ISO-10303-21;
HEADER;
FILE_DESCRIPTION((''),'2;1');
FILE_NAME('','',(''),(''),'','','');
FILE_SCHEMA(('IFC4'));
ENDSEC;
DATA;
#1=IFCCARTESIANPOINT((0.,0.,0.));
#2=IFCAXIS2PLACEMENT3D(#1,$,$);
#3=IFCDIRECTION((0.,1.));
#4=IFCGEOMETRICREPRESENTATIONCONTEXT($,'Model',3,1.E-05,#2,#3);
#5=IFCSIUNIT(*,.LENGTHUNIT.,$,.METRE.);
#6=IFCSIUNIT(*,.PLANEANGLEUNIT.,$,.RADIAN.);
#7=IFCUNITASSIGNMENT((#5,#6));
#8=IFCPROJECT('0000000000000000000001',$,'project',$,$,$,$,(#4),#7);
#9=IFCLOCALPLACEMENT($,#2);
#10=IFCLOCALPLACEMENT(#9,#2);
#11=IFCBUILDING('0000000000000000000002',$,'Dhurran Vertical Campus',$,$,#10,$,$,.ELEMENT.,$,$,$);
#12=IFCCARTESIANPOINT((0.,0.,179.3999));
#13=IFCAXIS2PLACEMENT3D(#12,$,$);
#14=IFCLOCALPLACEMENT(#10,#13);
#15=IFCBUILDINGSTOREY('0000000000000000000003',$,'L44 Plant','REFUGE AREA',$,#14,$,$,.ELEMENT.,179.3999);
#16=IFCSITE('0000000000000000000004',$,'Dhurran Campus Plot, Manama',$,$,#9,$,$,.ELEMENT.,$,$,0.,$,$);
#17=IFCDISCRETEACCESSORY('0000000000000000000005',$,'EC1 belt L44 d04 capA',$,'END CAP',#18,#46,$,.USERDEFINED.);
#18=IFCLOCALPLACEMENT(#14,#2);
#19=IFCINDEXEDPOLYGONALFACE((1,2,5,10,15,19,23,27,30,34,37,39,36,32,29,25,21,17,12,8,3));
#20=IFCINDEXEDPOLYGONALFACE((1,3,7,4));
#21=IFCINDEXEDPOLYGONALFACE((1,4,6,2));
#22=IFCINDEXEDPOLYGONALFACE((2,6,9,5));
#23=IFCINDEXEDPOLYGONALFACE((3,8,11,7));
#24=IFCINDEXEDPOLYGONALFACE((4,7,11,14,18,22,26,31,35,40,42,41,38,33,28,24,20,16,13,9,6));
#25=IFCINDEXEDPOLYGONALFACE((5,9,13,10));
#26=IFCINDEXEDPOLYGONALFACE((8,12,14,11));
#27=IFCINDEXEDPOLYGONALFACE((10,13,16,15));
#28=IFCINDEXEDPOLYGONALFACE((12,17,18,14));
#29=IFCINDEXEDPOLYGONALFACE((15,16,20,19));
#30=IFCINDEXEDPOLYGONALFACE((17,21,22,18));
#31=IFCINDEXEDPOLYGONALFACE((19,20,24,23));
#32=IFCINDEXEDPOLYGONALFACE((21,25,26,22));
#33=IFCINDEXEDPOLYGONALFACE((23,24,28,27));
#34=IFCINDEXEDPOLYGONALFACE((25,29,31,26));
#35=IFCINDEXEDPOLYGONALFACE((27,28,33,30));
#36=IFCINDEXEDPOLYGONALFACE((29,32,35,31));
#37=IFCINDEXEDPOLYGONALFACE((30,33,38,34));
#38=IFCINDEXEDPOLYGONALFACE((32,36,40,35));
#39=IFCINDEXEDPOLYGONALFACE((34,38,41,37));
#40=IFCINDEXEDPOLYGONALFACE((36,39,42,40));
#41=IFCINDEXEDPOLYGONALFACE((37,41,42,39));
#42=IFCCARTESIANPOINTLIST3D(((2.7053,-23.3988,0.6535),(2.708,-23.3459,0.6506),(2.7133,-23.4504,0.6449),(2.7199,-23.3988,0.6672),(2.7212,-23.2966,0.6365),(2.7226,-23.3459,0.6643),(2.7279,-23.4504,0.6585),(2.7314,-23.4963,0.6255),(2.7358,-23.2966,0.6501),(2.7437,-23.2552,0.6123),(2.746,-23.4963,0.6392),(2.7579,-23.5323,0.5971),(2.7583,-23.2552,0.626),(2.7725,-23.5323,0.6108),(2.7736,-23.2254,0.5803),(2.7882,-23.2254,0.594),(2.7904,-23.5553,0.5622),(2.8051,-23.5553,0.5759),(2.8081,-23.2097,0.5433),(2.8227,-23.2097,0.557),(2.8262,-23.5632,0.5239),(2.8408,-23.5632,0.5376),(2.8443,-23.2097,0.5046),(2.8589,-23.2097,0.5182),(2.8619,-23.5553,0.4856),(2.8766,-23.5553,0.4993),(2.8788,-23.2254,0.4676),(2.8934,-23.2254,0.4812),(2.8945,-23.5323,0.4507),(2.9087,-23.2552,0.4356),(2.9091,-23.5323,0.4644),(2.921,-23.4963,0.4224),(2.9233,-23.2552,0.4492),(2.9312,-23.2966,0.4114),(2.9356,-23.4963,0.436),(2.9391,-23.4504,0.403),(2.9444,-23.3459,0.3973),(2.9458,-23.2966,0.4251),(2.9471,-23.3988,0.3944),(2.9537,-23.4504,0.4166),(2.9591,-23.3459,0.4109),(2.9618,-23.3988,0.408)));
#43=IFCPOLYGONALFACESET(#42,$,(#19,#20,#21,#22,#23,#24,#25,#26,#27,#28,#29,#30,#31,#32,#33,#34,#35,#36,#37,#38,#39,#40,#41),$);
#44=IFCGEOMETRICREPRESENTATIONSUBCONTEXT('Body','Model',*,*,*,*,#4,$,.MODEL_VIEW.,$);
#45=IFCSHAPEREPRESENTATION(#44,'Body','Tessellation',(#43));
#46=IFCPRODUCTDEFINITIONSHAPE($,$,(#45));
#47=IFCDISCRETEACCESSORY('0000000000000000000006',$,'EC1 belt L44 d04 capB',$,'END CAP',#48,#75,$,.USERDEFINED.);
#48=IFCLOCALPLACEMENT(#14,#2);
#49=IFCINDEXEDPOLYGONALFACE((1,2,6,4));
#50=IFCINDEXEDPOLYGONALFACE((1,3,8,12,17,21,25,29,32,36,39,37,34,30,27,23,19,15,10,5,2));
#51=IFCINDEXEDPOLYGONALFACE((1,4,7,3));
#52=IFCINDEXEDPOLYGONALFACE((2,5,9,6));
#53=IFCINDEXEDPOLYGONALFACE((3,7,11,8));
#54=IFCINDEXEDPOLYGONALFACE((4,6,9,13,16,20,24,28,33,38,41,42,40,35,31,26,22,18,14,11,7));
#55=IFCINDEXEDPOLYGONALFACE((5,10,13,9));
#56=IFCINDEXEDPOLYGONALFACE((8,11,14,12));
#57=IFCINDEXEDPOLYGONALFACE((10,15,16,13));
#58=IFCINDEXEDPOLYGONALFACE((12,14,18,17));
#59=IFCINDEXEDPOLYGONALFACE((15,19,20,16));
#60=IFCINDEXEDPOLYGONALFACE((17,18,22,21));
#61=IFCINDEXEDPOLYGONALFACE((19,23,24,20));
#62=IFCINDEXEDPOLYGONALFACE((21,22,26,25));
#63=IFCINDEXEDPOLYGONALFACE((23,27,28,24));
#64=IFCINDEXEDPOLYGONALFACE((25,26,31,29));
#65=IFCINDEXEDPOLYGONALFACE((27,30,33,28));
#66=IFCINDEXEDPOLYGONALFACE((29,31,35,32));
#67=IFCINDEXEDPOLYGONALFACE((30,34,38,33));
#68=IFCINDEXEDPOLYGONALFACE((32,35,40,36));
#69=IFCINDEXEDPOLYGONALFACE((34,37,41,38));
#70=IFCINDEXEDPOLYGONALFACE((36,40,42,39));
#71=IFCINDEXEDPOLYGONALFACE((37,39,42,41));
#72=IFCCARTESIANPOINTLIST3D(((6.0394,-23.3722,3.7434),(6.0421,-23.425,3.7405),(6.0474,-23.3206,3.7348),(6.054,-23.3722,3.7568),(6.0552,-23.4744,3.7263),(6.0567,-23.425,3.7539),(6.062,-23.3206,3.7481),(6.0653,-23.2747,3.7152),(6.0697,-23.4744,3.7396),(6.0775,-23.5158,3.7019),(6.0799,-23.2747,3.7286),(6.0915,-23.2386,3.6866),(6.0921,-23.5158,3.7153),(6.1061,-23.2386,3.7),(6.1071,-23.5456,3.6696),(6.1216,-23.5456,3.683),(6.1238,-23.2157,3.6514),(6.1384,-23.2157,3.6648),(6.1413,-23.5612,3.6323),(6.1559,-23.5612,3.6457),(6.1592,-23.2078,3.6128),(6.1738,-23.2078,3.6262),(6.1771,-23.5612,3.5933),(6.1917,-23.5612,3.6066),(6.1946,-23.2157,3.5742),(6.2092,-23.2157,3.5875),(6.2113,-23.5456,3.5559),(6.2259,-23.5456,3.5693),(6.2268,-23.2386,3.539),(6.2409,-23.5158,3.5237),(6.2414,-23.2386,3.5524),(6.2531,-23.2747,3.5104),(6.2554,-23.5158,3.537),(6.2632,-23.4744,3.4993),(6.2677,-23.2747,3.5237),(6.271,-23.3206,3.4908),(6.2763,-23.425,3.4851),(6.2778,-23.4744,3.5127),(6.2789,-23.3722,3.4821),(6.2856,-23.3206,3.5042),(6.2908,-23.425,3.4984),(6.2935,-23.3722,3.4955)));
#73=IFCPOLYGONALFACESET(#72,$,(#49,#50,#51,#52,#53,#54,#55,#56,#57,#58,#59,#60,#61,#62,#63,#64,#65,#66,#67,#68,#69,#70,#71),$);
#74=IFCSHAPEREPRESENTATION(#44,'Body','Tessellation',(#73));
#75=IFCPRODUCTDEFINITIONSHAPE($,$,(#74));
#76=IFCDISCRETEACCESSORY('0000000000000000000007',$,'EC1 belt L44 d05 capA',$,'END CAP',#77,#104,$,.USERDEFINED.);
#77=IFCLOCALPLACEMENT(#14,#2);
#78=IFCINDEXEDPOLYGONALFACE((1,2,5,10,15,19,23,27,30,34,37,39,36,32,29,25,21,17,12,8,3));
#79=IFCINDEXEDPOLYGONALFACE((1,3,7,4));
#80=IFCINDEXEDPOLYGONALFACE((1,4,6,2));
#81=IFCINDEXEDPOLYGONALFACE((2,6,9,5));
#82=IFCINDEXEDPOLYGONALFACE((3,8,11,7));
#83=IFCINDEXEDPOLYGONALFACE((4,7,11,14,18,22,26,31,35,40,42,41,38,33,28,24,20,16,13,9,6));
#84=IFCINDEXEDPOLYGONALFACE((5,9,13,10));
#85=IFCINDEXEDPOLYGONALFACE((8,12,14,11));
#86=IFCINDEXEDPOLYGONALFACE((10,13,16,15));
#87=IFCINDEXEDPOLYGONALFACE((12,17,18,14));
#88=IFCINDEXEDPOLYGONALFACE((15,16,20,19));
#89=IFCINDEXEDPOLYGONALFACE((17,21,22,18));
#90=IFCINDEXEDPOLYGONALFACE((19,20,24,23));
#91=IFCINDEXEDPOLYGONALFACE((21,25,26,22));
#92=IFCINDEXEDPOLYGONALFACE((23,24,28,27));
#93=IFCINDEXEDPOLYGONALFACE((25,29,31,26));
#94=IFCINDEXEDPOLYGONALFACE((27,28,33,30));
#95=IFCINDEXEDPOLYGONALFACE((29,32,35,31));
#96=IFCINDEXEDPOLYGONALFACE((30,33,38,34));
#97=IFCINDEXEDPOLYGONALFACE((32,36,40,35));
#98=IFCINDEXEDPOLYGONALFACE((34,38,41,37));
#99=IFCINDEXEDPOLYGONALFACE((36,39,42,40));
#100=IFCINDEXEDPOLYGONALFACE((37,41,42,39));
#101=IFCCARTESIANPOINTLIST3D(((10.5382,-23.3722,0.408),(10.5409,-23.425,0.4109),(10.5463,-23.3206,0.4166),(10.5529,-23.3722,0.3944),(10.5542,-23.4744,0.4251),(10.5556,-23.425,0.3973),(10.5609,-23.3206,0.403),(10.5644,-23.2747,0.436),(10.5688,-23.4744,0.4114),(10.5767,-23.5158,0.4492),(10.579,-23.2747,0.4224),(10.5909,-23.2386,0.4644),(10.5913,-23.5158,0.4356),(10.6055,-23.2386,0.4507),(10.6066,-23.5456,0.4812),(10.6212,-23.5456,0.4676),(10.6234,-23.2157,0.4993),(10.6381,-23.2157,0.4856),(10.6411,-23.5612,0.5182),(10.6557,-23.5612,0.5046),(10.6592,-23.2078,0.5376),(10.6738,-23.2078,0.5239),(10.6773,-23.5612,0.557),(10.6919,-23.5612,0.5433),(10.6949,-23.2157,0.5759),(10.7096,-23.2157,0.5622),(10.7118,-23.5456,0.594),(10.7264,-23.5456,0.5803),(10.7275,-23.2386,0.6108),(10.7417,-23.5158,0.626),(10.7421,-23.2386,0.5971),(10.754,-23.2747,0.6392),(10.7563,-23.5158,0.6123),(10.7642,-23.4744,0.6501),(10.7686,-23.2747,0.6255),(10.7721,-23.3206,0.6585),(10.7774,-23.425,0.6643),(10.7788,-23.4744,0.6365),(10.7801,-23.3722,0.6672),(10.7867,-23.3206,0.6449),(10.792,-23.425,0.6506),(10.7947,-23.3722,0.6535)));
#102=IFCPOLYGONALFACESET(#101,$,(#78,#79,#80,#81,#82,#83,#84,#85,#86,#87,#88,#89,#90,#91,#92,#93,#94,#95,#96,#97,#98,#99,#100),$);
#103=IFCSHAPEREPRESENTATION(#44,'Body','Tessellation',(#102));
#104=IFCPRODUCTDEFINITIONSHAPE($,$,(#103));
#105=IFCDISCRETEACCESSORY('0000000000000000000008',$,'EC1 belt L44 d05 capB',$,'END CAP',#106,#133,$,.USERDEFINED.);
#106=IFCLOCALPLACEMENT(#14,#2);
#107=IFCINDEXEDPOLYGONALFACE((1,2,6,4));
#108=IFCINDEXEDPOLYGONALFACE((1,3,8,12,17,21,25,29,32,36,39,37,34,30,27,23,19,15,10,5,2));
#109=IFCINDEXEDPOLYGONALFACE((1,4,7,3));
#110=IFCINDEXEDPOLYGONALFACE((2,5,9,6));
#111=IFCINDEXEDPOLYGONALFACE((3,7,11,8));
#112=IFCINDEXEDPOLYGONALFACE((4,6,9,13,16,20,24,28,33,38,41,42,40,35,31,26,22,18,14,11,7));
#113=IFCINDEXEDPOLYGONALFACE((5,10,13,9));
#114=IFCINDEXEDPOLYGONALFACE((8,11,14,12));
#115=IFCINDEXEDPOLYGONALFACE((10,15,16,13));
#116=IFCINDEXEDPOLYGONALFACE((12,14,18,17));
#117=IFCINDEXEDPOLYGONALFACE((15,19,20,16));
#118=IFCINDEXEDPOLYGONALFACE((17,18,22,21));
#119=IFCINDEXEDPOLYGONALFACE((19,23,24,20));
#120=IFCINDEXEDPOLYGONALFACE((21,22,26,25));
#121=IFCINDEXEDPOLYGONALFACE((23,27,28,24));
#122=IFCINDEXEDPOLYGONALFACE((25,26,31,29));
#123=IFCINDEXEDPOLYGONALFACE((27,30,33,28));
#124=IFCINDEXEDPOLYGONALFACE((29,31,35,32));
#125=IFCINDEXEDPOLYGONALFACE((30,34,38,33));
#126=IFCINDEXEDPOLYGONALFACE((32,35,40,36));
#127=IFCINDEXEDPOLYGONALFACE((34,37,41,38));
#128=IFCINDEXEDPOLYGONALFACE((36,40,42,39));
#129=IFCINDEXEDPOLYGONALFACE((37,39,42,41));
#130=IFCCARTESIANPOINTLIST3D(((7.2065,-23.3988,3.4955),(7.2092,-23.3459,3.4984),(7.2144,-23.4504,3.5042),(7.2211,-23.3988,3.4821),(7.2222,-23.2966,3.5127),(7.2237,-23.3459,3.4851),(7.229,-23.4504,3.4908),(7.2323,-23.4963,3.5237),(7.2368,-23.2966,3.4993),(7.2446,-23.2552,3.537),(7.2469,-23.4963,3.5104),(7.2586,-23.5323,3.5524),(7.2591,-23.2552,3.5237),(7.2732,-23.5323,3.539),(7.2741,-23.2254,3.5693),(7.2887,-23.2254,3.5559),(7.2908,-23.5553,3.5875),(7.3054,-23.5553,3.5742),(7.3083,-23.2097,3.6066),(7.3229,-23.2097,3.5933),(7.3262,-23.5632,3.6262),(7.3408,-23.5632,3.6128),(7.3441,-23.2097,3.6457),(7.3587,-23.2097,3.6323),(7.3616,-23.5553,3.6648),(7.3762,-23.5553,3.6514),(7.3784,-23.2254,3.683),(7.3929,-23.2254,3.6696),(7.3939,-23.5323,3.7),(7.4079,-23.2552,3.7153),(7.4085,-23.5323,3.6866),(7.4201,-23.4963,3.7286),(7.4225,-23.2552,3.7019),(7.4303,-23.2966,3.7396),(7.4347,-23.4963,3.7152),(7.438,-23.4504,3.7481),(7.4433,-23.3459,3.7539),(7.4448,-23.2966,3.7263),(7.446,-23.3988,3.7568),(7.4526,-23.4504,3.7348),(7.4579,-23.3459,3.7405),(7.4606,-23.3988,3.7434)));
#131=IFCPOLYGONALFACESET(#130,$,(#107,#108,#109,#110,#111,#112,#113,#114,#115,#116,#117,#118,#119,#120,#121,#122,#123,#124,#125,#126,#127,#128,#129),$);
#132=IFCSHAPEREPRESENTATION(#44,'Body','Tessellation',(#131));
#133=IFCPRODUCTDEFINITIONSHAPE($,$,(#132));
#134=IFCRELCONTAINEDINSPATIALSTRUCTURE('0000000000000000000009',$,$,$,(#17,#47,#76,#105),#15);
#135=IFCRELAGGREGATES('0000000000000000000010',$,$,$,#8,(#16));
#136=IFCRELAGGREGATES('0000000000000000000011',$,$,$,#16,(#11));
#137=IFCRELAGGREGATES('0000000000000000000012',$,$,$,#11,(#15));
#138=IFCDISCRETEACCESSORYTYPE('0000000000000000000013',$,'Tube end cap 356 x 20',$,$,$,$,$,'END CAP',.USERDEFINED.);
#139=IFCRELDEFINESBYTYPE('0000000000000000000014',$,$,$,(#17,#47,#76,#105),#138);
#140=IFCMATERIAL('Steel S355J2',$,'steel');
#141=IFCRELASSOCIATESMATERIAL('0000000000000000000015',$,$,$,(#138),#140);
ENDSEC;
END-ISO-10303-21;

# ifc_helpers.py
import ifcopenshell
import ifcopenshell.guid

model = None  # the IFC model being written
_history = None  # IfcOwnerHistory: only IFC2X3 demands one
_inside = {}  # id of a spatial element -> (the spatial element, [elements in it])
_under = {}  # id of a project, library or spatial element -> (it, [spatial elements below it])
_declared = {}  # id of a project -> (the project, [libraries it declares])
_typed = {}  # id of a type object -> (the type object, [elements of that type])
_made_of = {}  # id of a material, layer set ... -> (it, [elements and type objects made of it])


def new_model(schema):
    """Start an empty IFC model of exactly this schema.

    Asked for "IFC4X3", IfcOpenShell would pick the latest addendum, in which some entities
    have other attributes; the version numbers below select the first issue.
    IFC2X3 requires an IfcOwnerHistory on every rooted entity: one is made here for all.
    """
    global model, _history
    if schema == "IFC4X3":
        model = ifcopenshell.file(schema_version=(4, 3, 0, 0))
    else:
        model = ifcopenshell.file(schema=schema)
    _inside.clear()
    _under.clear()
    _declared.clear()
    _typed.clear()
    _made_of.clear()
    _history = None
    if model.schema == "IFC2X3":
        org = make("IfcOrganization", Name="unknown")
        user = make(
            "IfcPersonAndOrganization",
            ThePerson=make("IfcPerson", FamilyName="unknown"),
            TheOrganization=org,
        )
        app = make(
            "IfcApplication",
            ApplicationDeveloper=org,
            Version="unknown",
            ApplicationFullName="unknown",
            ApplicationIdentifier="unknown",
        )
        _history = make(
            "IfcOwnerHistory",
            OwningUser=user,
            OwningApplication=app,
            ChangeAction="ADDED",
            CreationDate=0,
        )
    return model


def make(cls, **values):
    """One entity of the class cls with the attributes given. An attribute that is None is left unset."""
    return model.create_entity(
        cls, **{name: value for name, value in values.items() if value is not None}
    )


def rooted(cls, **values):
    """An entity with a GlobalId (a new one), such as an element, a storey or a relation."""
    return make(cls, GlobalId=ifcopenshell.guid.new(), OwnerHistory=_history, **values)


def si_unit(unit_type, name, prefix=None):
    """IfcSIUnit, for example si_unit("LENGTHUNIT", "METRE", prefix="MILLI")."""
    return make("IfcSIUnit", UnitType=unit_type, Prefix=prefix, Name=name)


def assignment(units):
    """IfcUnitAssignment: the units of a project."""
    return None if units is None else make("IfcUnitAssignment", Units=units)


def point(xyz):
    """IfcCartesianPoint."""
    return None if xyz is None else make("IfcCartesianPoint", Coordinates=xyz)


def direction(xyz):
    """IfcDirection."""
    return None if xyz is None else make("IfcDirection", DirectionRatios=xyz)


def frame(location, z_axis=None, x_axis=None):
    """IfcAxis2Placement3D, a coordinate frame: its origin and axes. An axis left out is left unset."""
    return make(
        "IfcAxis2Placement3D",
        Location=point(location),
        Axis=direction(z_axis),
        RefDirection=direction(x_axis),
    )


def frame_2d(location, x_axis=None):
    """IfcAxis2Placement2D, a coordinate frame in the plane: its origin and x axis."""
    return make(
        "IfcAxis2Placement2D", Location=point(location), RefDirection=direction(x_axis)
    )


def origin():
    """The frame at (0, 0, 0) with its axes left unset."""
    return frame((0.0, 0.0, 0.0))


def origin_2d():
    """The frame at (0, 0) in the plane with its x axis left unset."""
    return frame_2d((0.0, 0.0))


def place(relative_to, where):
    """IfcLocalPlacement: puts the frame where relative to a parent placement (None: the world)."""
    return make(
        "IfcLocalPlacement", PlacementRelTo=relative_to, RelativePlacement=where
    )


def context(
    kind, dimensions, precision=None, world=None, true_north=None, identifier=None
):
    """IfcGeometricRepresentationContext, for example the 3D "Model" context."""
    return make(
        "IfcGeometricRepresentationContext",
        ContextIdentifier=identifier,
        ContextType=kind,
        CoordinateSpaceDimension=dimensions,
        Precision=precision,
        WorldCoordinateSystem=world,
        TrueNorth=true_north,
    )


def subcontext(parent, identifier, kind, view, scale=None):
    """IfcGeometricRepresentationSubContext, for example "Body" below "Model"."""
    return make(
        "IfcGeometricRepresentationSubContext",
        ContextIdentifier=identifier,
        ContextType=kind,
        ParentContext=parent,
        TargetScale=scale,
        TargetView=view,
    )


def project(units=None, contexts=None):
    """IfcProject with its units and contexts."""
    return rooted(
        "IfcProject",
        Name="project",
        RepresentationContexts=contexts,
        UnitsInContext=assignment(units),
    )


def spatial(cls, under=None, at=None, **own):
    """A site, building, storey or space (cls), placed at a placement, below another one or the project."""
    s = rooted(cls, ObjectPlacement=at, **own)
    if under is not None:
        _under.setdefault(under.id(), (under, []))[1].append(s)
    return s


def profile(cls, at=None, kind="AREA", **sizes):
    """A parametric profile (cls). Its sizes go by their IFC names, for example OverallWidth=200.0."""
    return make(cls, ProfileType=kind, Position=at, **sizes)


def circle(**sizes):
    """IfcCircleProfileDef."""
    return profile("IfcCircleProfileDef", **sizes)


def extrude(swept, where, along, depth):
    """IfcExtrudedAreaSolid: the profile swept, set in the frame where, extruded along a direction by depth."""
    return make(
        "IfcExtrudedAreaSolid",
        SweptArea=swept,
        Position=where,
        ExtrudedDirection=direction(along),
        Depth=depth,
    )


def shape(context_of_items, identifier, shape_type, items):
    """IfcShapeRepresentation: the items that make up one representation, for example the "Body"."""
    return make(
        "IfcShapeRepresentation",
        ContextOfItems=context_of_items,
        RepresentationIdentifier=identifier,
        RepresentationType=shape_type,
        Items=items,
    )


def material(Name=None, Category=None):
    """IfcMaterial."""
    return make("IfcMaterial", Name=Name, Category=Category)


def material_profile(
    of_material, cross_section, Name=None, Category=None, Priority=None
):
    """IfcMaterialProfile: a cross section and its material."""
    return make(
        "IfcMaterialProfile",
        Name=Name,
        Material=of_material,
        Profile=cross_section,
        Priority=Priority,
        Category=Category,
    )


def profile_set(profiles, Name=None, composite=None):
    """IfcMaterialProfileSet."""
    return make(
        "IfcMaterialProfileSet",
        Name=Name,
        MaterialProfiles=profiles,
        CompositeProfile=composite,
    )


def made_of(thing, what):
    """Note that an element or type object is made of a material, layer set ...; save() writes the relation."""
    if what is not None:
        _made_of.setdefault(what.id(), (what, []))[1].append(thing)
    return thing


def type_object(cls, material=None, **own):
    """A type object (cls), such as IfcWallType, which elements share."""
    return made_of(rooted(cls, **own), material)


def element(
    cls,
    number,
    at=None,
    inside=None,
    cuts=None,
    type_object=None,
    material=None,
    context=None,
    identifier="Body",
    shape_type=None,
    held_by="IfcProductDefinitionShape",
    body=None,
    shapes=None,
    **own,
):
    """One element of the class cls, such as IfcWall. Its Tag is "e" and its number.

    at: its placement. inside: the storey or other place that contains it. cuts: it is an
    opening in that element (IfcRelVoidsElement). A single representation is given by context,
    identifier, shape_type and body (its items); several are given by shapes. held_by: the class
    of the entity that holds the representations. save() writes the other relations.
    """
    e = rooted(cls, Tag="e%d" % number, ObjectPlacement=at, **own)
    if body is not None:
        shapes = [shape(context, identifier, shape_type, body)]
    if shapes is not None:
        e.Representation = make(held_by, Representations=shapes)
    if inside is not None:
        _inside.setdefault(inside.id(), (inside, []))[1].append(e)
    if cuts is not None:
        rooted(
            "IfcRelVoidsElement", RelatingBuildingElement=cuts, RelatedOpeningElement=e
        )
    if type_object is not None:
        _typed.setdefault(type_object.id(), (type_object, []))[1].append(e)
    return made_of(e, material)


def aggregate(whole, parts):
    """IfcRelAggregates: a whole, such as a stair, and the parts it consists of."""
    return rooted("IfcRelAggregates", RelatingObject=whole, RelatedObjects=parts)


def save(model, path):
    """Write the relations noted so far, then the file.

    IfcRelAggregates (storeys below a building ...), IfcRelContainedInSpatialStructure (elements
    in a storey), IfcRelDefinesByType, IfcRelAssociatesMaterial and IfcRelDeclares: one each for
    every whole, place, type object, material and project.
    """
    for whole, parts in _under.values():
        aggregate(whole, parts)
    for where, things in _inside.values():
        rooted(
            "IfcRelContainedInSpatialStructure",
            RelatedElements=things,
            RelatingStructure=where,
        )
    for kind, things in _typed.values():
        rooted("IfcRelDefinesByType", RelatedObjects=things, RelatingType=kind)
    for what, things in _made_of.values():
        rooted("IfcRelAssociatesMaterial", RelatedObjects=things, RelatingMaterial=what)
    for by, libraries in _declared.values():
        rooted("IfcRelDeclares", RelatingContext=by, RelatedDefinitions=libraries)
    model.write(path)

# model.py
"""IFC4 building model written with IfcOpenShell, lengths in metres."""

from ifc_helpers import new_model, si_unit, direction, frame, origin, origin_2d, place, context, subcontext, project, spatial, circle, extrude, material, material_profile, profile_set, type_object, element, save


model = new_model("IFC4")

# Units and contexts
model_context = context("Model", 3, precision=1e-05, world=origin(), true_north=direction((0.0, 1.0)))
body_context = subcontext(model_context, "Body", "Model", "MODEL_VIEW")
ifc_project = project(units=[si_unit("LENGTHUNIT", "METRE"), si_unit("PLANEANGLEUNIT", "RADIAN")], contexts=[model_context])

# Site, building, storey
site_placement = place(None, origin())
site = spatial("IfcSite", under=ifc_project, at=site_placement, Name="Dhurran Campus Plot, Manama", CompositionType="ELEMENT", RefElevation=0.0)
building_placement = place(site_placement, origin())
building = spatial("IfcBuilding", under=site, at=building_placement, Name="Dhurran Vertical Campus", CompositionType="ELEMENT")
storey_placement = place(building_placement, frame((0.0, 0.0, 179.3999)))
storey = spatial("IfcBuildingStorey", under=building, at=storey_placement, Name="L44 Plant", Description="REFUGE AREA", CompositionType="ELEMENT", Elevation=179.3999)

# Discrete accessories
ifc_material_1 = material(Name="Steel S355J2", Category="steel")
ifc_material_profile_1 = material_profile(ifc_material_1, circle(Radius=0.1777, at=origin_2d()), Name="Tube end cap 356 x 20")
ifc_profile_set_1 = profile_set([ifc_material_profile_1], Name="Steel S355J2")
discrete_accessory_type = type_object("IfcDiscreteAccessoryType", Name="Tube end cap 356 x 20", ElementType="END CAP", PredefinedType="USERDEFINED", material=ifc_profile_set_1)
for number, where, z_axis, x_axis, name in (
    (1, (2.8408, -23.3855, 0.5376), (-0.731055, 0.0, -0.682318), (0.0, -1.0, 0.0), "EC1 belt L44 d04 capA"),
):
    element("IfcDiscreteAccessory", number, at=place(storey_placement, frame(where, z_axis=z_axis, x_axis=x_axis)), inside=storey, type_object=discrete_accessory_type, Name=name, ObjectType="END CAP", PredefinedType="USERDEFINED", context=body_context, shape_type="SweptSolid", body=[
        extrude(circle(Radius=0.1777, at=origin_2d()), origin(), (0.0, 0.0, 1.0), 0.02),
    ])
discrete_accessory_1_placement = place(storey_placement, frame((6.1592, -23.3855, 3.6128), z_axis=(0.737154, 0.0, 0.675725), x_axis=(0.0, 1.0, 0.0)))
element("IfcDiscreteAccessory", 2, at=discrete_accessory_1_placement, inside=storey, type_object=discrete_accessory_type, Name="EC1 belt L44 d04 capB", ObjectType="END CAP", PredefinedType="USERDEFINED", context=body_context, shape_type="SweptSolid", body=[
    extrude(circle(Radius=0.1777, at=origin_2d()), origin(), (0.0, 0.0, 1.0), 0.0198),
])
discrete_accessory_2_placement = place(storey_placement, frame((10.6592, -23.3855, 0.5376), z_axis=(0.731055, 0.0, -0.682318), x_axis=(0.0, 1.0, 0.0)))
element("IfcDiscreteAccessory", 3, at=discrete_accessory_2_placement, inside=storey, type_object=discrete_accessory_type, Name="EC1 belt L44 d05 capA", ObjectType="END CAP", PredefinedType="USERDEFINED", context=body_context, shape_type="SweptSolid", body=[
    extrude(circle(Radius=0.1777, at=origin_2d()), origin(), (0.0, 0.0, 1.0), 0.02),
])
discrete_accessory_3_placement = place(storey_placement, frame((7.3408, -23.3855, 3.6128), z_axis=(-0.737154, 0.0, 0.675725), x_axis=(0.0, -1.0, 0.0)))
element("IfcDiscreteAccessory", 4, at=discrete_accessory_3_placement, inside=storey, type_object=discrete_accessory_type, Name="EC1 belt L44 d05 capB", ObjectType="END CAP", PredefinedType="USERDEFINED", context=body_context, shape_type="SweptSolid", body=[
    extrude(circle(Radius=0.1777, at=origin_2d()), origin(), (0.0, 0.0, 1.0), 0.0198),
])

save(model, "model.ifc")
